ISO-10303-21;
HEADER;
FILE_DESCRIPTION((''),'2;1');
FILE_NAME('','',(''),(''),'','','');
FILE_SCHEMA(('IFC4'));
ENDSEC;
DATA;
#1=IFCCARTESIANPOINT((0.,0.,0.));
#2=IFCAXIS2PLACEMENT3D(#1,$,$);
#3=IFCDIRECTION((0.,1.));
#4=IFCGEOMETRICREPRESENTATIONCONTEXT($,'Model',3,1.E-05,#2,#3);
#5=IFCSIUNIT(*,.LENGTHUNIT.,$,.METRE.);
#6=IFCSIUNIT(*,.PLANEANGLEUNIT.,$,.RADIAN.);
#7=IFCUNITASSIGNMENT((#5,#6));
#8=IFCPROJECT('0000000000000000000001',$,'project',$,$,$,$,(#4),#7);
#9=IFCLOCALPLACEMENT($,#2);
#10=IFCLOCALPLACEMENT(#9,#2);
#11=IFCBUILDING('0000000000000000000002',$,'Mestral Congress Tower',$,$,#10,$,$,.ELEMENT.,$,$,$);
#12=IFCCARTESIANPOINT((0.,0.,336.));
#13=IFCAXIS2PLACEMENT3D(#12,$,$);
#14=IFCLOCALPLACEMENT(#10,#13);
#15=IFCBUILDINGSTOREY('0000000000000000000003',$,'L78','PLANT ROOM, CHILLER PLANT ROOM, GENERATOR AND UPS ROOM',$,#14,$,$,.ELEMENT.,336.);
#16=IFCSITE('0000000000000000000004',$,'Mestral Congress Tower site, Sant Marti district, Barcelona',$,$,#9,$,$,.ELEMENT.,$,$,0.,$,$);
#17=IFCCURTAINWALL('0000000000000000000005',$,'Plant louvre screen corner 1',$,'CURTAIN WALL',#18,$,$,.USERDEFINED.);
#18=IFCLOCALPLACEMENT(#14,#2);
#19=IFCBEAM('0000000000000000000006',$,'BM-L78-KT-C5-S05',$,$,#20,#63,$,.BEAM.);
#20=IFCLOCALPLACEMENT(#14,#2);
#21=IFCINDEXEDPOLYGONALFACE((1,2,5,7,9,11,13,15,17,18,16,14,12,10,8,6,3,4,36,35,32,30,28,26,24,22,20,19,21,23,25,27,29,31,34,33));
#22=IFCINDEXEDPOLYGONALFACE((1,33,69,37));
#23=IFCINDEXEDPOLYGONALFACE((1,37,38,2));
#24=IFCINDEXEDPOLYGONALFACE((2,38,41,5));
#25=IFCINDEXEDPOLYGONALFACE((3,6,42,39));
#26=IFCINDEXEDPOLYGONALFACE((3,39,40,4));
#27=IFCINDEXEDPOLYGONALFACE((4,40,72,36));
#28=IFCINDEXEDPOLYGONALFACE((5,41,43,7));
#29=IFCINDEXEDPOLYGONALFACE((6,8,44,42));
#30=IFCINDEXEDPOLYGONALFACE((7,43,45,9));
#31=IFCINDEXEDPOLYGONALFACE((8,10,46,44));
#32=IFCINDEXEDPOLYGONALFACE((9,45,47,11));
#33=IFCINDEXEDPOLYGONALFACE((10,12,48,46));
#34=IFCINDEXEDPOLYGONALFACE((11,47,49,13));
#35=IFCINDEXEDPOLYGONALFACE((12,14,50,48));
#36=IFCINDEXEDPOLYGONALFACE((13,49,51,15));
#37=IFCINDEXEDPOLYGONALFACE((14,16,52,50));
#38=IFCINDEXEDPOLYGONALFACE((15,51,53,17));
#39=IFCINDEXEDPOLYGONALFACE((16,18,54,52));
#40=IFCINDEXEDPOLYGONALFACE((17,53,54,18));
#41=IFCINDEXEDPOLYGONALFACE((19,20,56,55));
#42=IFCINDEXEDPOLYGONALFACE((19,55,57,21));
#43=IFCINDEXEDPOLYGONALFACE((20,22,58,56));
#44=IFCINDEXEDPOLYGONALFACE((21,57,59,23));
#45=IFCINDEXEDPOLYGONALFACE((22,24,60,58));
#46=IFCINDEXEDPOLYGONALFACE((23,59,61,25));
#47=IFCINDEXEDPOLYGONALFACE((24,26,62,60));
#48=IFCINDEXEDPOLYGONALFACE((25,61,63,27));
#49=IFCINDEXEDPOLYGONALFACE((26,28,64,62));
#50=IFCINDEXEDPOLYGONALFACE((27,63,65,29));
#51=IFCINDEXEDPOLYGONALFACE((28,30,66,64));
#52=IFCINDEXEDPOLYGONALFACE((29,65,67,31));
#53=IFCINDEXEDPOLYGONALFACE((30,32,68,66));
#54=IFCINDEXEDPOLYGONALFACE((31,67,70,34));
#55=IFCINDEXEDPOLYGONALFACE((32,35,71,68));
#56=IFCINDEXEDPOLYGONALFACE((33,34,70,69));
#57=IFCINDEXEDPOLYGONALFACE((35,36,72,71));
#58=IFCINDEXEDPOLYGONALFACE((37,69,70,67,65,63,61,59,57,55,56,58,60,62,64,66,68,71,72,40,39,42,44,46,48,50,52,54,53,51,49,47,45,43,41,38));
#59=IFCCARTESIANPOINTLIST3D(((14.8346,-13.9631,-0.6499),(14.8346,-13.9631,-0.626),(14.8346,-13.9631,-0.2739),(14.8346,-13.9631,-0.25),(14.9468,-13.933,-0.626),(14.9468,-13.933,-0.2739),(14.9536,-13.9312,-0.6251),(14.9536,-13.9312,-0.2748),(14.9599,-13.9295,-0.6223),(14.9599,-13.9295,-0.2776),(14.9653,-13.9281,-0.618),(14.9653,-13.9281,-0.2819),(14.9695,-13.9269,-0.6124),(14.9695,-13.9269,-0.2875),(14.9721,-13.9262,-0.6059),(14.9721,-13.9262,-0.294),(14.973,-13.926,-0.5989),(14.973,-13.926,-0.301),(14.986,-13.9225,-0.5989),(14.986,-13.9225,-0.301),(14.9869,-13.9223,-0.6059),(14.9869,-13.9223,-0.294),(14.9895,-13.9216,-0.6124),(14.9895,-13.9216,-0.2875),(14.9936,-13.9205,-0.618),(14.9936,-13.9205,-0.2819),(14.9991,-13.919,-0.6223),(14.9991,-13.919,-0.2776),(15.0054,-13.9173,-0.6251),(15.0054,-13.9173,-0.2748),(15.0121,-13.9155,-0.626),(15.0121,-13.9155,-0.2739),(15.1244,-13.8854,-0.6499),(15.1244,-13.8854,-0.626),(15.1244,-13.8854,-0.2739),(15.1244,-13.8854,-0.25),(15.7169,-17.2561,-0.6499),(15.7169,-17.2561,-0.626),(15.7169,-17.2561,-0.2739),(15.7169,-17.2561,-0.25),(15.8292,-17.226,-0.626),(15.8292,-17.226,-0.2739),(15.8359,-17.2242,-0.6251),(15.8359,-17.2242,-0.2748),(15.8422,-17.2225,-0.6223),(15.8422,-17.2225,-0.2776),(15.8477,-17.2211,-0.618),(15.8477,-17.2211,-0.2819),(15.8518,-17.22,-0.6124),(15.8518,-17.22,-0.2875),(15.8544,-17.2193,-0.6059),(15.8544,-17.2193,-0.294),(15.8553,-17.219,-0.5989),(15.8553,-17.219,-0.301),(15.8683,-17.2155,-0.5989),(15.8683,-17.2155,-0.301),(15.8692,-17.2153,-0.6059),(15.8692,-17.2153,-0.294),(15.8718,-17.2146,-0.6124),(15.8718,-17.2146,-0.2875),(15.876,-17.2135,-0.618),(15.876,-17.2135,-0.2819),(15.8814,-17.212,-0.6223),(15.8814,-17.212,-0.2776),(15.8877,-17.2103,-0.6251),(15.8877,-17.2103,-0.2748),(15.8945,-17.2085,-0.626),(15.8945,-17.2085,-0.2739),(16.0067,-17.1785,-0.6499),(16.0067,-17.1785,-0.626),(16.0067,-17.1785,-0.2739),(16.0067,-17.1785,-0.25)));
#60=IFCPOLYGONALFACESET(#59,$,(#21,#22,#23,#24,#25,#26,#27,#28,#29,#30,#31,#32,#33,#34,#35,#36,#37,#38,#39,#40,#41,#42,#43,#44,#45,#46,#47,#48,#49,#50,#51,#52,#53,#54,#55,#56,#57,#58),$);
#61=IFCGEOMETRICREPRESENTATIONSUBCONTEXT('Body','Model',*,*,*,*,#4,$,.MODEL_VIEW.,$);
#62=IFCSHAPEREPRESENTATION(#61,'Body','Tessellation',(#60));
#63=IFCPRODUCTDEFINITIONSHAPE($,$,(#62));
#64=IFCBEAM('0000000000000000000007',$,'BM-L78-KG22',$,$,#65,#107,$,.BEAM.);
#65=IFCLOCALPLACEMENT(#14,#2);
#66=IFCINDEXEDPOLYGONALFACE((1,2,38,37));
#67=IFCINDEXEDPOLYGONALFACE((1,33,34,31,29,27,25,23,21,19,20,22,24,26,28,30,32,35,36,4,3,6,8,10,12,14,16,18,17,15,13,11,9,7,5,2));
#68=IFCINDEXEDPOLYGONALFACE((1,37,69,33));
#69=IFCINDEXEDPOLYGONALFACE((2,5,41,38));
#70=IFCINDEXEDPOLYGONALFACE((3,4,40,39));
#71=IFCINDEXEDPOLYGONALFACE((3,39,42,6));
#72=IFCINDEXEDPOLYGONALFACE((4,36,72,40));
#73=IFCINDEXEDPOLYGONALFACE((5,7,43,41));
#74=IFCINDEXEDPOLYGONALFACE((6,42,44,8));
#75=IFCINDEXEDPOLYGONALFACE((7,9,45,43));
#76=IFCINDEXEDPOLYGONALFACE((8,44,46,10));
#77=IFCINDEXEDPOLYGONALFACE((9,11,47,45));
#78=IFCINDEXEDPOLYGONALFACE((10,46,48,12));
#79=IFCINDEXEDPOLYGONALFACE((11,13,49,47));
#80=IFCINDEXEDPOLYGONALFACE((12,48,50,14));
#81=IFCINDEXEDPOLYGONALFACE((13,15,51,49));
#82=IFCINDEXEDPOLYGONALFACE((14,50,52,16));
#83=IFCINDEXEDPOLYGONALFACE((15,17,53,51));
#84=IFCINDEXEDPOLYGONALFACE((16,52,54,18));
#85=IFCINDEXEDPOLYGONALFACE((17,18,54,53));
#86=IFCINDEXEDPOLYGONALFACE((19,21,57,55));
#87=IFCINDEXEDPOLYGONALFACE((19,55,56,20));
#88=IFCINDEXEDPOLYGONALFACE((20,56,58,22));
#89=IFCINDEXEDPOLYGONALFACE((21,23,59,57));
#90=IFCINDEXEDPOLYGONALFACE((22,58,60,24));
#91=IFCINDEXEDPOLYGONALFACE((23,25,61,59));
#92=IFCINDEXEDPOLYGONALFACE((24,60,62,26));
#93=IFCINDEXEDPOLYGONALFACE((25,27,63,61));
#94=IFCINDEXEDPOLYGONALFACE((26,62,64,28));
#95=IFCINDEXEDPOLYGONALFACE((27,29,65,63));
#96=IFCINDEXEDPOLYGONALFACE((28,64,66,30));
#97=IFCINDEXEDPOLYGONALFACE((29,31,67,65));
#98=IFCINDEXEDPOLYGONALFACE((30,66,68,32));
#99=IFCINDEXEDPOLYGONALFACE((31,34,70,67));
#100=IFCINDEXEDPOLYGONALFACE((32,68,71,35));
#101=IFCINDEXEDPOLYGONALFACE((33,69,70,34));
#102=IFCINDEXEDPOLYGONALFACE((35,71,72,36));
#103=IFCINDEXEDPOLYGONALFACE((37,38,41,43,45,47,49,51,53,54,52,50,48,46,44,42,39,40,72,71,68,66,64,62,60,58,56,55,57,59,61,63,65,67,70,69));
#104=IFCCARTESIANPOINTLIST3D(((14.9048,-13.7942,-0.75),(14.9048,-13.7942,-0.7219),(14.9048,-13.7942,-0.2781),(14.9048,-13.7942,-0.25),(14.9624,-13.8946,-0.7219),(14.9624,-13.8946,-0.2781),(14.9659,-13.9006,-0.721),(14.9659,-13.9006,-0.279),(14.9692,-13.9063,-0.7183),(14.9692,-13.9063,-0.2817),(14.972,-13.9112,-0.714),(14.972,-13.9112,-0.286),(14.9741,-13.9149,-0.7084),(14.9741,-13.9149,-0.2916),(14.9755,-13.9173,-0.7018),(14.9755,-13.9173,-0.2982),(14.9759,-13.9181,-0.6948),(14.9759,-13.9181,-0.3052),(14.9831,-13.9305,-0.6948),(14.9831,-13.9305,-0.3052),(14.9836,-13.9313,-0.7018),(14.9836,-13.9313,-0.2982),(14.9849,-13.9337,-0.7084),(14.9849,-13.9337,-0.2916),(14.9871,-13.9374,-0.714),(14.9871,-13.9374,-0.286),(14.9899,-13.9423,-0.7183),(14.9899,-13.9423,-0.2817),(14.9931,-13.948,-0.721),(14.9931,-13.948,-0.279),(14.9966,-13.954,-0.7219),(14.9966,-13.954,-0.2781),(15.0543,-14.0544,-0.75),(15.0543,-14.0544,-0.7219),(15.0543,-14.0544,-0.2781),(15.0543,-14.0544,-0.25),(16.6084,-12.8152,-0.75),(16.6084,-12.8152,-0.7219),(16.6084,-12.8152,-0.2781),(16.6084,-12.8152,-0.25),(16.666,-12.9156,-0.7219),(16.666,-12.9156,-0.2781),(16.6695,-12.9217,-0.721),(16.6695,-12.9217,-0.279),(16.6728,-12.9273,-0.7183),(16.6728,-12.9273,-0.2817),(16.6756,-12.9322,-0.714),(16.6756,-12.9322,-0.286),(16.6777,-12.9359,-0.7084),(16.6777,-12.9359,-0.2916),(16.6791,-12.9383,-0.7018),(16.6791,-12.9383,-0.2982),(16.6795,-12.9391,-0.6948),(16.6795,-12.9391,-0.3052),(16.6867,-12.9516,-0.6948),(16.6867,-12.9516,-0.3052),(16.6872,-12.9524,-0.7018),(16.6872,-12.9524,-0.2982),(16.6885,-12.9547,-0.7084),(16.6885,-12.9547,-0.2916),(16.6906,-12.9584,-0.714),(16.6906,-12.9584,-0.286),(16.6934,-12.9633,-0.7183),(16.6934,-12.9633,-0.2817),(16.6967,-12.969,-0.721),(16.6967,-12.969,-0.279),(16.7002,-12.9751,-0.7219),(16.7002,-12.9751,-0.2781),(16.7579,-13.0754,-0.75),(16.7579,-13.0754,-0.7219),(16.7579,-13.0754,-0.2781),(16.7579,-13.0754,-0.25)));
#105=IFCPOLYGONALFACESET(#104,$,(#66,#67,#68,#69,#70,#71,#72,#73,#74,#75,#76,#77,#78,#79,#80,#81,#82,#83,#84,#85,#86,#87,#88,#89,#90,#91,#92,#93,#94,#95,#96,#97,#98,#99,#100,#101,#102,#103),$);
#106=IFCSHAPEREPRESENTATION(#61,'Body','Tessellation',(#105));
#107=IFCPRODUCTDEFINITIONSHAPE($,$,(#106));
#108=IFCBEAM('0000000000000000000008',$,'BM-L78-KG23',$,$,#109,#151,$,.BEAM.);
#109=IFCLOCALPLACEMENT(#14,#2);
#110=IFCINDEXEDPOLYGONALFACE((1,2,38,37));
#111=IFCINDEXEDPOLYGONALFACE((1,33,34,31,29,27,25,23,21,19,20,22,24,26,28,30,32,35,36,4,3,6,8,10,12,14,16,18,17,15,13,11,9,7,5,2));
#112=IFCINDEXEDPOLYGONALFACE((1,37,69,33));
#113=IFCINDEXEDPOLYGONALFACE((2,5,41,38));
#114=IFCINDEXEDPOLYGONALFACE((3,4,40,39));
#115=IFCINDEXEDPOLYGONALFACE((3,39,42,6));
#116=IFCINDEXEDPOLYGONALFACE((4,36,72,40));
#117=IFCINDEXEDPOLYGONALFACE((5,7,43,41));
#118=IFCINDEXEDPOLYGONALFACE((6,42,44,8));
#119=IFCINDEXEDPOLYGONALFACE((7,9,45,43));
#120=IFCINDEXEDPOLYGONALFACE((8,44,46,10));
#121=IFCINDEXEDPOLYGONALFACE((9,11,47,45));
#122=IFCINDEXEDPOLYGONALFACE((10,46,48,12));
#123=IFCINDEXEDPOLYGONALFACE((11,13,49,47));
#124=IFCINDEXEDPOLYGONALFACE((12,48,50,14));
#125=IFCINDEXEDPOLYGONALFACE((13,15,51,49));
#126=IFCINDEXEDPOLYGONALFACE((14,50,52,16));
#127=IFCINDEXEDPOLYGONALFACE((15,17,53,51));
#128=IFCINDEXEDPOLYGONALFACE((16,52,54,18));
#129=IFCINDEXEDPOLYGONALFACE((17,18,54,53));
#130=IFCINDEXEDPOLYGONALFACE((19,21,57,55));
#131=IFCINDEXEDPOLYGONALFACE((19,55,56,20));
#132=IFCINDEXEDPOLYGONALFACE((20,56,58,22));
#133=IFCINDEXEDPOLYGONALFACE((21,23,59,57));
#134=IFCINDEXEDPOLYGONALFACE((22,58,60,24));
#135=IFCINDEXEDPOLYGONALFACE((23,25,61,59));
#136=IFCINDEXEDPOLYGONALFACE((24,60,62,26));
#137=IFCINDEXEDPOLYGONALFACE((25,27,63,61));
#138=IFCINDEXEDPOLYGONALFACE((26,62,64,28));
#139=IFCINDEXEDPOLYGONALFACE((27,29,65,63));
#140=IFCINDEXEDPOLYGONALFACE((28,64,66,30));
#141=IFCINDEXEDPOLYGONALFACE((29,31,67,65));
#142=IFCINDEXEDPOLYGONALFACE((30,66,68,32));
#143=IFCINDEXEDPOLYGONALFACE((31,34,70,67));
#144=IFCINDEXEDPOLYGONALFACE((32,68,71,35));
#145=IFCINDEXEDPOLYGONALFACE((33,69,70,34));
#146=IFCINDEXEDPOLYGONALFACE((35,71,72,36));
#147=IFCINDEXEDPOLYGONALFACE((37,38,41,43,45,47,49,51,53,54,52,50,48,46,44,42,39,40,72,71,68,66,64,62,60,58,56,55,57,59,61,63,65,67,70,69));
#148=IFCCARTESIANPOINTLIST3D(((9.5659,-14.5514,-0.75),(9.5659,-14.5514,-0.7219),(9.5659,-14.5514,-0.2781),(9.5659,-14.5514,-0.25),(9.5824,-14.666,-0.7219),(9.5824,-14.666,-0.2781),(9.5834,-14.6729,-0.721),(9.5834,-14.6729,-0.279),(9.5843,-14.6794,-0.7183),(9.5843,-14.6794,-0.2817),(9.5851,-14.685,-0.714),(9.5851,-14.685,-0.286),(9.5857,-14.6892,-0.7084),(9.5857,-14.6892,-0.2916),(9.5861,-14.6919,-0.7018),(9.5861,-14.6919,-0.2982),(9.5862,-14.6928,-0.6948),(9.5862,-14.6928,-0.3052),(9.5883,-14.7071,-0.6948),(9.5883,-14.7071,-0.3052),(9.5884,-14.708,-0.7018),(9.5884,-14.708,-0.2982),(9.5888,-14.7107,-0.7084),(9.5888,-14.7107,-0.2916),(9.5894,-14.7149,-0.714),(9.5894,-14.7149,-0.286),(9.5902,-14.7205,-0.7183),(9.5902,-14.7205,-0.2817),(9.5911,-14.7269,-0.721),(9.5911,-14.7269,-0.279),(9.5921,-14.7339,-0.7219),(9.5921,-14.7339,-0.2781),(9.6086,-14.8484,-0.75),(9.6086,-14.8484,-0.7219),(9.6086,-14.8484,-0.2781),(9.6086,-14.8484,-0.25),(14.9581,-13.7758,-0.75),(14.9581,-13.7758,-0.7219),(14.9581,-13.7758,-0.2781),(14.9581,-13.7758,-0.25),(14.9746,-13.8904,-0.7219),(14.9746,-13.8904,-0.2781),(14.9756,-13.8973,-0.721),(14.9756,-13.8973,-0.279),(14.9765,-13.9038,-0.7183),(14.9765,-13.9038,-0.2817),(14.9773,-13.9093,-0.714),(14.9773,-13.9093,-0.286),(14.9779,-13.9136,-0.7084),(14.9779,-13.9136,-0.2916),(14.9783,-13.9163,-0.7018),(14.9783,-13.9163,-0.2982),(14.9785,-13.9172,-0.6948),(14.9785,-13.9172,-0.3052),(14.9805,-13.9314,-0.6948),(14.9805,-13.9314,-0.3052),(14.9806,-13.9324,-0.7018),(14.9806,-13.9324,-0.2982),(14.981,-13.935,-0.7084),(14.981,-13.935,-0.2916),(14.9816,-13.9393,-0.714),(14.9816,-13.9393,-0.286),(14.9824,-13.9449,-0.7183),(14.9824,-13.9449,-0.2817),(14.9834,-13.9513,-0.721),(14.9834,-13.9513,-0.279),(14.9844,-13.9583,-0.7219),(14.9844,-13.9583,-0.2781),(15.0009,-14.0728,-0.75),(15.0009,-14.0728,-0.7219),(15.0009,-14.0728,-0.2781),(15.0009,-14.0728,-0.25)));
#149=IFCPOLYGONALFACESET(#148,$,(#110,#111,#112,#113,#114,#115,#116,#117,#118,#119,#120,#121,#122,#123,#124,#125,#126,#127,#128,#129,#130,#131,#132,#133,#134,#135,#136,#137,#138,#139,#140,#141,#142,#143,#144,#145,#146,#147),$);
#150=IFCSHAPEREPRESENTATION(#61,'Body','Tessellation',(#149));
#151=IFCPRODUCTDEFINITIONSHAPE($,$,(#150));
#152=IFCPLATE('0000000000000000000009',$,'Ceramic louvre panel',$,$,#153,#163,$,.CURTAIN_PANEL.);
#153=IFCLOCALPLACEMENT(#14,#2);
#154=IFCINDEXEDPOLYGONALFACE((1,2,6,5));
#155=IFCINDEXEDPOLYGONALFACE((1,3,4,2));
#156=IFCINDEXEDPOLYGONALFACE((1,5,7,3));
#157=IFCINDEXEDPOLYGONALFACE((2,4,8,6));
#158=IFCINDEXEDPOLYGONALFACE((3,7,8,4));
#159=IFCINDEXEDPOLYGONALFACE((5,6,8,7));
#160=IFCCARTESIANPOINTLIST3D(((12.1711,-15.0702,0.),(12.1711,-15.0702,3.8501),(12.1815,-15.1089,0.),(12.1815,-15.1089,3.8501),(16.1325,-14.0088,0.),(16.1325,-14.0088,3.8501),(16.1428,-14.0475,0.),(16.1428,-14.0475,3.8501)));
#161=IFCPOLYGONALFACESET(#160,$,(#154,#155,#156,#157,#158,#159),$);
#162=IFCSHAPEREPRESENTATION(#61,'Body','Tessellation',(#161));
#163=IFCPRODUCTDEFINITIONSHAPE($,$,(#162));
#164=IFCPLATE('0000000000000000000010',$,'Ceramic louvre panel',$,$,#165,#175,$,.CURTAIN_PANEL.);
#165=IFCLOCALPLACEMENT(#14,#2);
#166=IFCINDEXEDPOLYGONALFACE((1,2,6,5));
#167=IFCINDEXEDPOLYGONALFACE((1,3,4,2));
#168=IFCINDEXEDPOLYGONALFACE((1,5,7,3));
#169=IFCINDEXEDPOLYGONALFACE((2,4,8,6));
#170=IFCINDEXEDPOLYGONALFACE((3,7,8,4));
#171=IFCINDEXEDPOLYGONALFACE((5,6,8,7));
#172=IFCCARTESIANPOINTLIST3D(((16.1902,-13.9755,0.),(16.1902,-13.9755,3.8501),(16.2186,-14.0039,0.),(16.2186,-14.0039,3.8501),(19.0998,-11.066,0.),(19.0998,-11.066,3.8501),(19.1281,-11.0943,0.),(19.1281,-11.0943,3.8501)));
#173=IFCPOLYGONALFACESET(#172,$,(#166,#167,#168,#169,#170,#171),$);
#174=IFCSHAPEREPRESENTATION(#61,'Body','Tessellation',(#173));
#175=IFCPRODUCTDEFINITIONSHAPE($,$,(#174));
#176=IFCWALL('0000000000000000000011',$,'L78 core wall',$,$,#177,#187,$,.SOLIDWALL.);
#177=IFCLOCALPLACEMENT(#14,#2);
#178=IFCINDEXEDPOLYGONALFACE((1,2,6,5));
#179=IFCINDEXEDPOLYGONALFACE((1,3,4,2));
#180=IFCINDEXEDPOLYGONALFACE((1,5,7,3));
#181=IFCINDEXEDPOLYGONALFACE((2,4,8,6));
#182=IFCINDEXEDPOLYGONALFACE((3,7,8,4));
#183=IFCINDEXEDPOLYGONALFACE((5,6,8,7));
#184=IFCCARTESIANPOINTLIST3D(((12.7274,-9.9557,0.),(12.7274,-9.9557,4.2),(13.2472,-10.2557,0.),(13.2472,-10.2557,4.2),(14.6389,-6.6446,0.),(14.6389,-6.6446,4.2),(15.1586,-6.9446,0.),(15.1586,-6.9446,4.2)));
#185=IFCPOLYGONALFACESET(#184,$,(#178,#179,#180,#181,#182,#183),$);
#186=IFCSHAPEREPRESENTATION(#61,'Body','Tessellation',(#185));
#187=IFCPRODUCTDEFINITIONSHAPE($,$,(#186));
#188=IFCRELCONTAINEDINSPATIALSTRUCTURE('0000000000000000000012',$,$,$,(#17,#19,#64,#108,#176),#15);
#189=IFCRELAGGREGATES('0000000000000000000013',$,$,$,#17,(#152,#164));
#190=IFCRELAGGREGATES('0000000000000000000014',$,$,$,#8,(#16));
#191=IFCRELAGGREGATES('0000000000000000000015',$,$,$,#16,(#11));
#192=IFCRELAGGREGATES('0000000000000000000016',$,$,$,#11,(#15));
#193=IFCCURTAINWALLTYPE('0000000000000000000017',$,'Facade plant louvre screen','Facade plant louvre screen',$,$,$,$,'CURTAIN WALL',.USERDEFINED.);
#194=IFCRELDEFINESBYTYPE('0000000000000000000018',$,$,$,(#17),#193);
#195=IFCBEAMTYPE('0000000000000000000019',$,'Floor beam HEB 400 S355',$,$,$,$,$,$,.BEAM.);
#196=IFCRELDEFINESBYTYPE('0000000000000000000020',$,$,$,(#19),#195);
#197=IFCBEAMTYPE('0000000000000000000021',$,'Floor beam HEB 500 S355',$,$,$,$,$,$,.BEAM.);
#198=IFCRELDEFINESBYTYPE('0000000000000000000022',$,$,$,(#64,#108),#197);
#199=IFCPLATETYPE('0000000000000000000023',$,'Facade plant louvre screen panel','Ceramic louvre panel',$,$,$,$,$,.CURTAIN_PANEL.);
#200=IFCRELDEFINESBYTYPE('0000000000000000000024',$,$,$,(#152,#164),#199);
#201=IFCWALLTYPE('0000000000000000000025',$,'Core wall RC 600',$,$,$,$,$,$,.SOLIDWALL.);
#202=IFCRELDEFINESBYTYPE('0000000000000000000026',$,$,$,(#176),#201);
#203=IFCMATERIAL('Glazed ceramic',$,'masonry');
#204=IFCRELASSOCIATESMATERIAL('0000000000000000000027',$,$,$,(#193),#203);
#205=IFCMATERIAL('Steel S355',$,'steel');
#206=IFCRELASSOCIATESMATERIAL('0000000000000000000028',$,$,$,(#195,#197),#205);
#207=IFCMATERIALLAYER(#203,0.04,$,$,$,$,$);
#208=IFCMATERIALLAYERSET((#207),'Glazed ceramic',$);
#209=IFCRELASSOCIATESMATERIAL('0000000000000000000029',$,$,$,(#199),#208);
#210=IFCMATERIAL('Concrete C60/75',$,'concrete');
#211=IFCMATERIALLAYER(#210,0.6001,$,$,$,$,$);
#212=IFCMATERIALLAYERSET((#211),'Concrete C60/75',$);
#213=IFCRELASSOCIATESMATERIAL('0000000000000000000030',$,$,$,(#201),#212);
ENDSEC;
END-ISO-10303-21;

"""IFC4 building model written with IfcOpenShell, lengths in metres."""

from ifc_helpers import new_model, si_unit, direction, frame, frame_2d, origin, origin_2d, place, context, subcontext, project, spatial, rectangle, i_section, extrude, material, layer, layer_set, material_profile, profile_set, type_object, element, aggregate, save


model = new_model("IFC4")

# Units and contexts
model_context = context("Model", 3, precision=1e-05, world=origin(), true_north=direction((0.0, 1.0)))
body_context = subcontext(model_context, "Body", "Model", "MODEL_VIEW")
ifc_project = project(units=[si_unit("LENGTHUNIT", "METRE"), si_unit("PLANEANGLEUNIT", "RADIAN")], contexts=[model_context])

# Site, building, storey
site_placement = place(None, origin())
site = spatial("IfcSite", under=ifc_project, at=site_placement, Name="Mestral Congress Tower site, Sant Marti district, Barcelona", CompositionType="ELEMENT", RefElevation=0.0)
building_placement = place(site_placement, origin())
building = spatial("IfcBuilding", under=site, at=building_placement, Name="Mestral Congress Tower", CompositionType="ELEMENT")
storey_placement = place(building_placement, frame((0.0, 0.0, 336.0)))
storey = spatial("IfcBuildingStorey", under=building, at=storey_placement, Name="L78", Description="PLANT ROOM, CHILLER PLANT ROOM, GENERATOR AND UPS ROOM", CompositionType="ELEMENT", Elevation=336.0)

# Shared definitions
ifc_material_1 = material(Name="Steel S355", Category="steel")
ifc_material_2 = material(Name="Concrete C60/75", Category="concrete")

# Curtain wall
ifc_material_3 = material(Name="Glazed ceramic", Category="masonry")
curtain_wall_type = type_object("IfcCurtainWallType", Name="Facade plant louvre screen", Description="Facade plant louvre screen", ElementType="CURTAIN WALL", PredefinedType="USERDEFINED", material=ifc_material_3)
curtain_wall_placement = place(storey_placement, origin())
curtain_wall = element("IfcCurtainWall", 1, at=curtain_wall_placement, inside=storey, type_object=curtain_wall_type, Name="Plant louvre screen corner 1", ObjectType="CURTAIN WALL", PredefinedType="USERDEFINED")

# Beams
ifc_material_profile_1 = material_profile(ifc_material_1, i_section(OverallWidth=0.3, OverallDepth=0.3999, WebThickness=0.0134, FlangeThickness=0.0239, FilletRadius=0.0271, at=origin_2d()), Name="HEB 400")
ifc_profile_set_1 = profile_set([ifc_material_profile_1], Name="Steel S355")
beam_type_1 = type_object("IfcBeamType", Name="Floor beam HEB 400 S355", PredefinedType="BEAM", material=ifc_profile_set_1)
beam_1_placement = place(storey_placement, frame((15.8618, -17.2173, -0.45), z_axis=(-0.258812, 0.965928, 0.0), x_axis=(-0.965928, -0.258812, 0.0)))
element("IfcBeam", 2, at=beam_1_placement, inside=storey, type_object=beam_type_1, Name="BM-L78-KT-C5-S05", PredefinedType="BEAM", context=body_context, shape_type="SweptSolid", body=[
    extrude(i_section(OverallWidth=0.3, OverallDepth=0.3999, WebThickness=0.0134, FlangeThickness=0.0239, FilletRadius=0.0271, at=origin_2d()), origin(), (0.0, 0.0, 1.0), 3.4092),
])
ifc_material_profile_2 = material_profile(ifc_material_1, i_section(OverallWidth=0.3, OverallDepth=0.5, WebThickness=0.0144, FlangeThickness=0.0281, FilletRadius=0.0271, at=origin_2d()), Name="HEB 500")
ifc_profile_set_2 = profile_set([ifc_material_profile_2], Name="Steel S355")
beam_type_2 = type_object("IfcBeamType", Name="Floor beam HEB 500 S355", PredefinedType="BEAM", material=ifc_profile_set_2)
beam_2_placement = place(storey_placement, frame((16.6831, -12.9453, -0.5), z_axis=(-0.867032, -0.498252, 0.0), x_axis=(0.498252, -0.867032, 0.0)))
element("IfcBeam", 3, at=beam_2_placement, inside=storey, type_object=beam_type_2, Name="BM-L78-KG22", PredefinedType="BEAM", context=body_context, shape_type="SweptSolid", body=[
    extrude(i_section(OverallWidth=0.3, OverallDepth=0.5, WebThickness=0.0144, FlangeThickness=0.0281, FilletRadius=0.0271, at=origin_2d()), origin(), (0.0, 0.0, 1.0), 1.9648),
])
beam_3_placement = place(storey_placement, frame((14.9795, -13.9243, -0.5), z_axis=(-0.989813, -0.142375, 0.0), x_axis=(0.142375, -0.989813, 0.0)))
element("IfcBeam", 4, at=beam_3_placement, inside=storey, type_object=beam_type_2, Name="BM-L78-KG23", PredefinedType="BEAM", context=body_context, shape_type="SweptSolid", body=[
    extrude(i_section(OverallWidth=0.3, OverallDepth=0.5, WebThickness=0.0144, FlangeThickness=0.0281, FilletRadius=0.0271, at=origin_2d()), origin(), (0.0, 0.0, 1.0), 5.4478),
])

# Plates
ifc_layer_1 = layer(ifc_material_3, 0.04)
ifc_layer_set_1 = layer_set([ifc_layer_1], Name="Glazed ceramic")
plate_type = type_object("IfcPlateType", Name="Facade plant louvre screen panel", Description="Ceramic louvre panel", PredefinedType="CURTAIN_PANEL", material=ifc_layer_set_1)
plate_1_placement = place(storey_placement, frame((14.157, -14.5588, 0.0), z_axis=(0.0, 0.0, 1.0), x_axis=(0.965926, 0.258819, 0.0)))
plate_1 = element("IfcPlate", 5, at=plate_1_placement, type_object=plate_type, Name="Ceramic louvre panel", PredefinedType="CURTAIN_PANEL", context=body_context, shape_type="SweptSolid", body=[
    extrude(rectangle(XDim=4.1011, YDim=0.04, at=origin_2d()), origin(), (0.0, 0.0, 1.0), 3.8501),
])
plate_2_placement = place(storey_placement, frame((17.6592, -12.5349, 0.0), z_axis=(0.0, 0.0, 1.0), x_axis=(0.707107, 0.707107, 0.0)))
plate_2 = element("IfcPlate", 6, at=plate_2_placement, type_object=plate_type, Name="Ceramic louvre panel", PredefinedType="CURTAIN_PANEL", context=body_context, shape_type="SweptSolid", body=[
    extrude(rectangle(XDim=4.1147, YDim=0.04, at=origin_2d()), origin(), (0.0, 0.0, 1.0), 3.8501),
])
aggregate(curtain_wall, [plate_1, plate_2])

# Wall
ifc_layer_2 = layer(ifc_material_2, 0.6001)
ifc_layer_set_2 = layer_set([ifc_layer_2], Name="Concrete C60/75")
wall_type_1 = type_object("IfcWallType", Name="Core wall RC 600", PredefinedType="SOLIDWALL", material=ifc_layer_set_2)
wall_1_placement = place(storey_placement, frame((12.9873, -10.1057, 0.0), z_axis=(0.0, 0.0, 1.0), x_axis=(0.499951, 0.866054, 0.0)))
element("IfcWall", 7, at=wall_1_placement, inside=storey, type_object=wall_type_1, Name="L78 core wall", PredefinedType="SOLIDWALL", context=body_context, shape_type="SweptSolid", body=[
    extrude(rectangle(XDim=3.8232, YDim=0.6001, at=frame_2d((1.9116, 0.0))), origin(), (0.0, 0.0, 1.0), 4.2),
])

save(model, "model.ifc")
